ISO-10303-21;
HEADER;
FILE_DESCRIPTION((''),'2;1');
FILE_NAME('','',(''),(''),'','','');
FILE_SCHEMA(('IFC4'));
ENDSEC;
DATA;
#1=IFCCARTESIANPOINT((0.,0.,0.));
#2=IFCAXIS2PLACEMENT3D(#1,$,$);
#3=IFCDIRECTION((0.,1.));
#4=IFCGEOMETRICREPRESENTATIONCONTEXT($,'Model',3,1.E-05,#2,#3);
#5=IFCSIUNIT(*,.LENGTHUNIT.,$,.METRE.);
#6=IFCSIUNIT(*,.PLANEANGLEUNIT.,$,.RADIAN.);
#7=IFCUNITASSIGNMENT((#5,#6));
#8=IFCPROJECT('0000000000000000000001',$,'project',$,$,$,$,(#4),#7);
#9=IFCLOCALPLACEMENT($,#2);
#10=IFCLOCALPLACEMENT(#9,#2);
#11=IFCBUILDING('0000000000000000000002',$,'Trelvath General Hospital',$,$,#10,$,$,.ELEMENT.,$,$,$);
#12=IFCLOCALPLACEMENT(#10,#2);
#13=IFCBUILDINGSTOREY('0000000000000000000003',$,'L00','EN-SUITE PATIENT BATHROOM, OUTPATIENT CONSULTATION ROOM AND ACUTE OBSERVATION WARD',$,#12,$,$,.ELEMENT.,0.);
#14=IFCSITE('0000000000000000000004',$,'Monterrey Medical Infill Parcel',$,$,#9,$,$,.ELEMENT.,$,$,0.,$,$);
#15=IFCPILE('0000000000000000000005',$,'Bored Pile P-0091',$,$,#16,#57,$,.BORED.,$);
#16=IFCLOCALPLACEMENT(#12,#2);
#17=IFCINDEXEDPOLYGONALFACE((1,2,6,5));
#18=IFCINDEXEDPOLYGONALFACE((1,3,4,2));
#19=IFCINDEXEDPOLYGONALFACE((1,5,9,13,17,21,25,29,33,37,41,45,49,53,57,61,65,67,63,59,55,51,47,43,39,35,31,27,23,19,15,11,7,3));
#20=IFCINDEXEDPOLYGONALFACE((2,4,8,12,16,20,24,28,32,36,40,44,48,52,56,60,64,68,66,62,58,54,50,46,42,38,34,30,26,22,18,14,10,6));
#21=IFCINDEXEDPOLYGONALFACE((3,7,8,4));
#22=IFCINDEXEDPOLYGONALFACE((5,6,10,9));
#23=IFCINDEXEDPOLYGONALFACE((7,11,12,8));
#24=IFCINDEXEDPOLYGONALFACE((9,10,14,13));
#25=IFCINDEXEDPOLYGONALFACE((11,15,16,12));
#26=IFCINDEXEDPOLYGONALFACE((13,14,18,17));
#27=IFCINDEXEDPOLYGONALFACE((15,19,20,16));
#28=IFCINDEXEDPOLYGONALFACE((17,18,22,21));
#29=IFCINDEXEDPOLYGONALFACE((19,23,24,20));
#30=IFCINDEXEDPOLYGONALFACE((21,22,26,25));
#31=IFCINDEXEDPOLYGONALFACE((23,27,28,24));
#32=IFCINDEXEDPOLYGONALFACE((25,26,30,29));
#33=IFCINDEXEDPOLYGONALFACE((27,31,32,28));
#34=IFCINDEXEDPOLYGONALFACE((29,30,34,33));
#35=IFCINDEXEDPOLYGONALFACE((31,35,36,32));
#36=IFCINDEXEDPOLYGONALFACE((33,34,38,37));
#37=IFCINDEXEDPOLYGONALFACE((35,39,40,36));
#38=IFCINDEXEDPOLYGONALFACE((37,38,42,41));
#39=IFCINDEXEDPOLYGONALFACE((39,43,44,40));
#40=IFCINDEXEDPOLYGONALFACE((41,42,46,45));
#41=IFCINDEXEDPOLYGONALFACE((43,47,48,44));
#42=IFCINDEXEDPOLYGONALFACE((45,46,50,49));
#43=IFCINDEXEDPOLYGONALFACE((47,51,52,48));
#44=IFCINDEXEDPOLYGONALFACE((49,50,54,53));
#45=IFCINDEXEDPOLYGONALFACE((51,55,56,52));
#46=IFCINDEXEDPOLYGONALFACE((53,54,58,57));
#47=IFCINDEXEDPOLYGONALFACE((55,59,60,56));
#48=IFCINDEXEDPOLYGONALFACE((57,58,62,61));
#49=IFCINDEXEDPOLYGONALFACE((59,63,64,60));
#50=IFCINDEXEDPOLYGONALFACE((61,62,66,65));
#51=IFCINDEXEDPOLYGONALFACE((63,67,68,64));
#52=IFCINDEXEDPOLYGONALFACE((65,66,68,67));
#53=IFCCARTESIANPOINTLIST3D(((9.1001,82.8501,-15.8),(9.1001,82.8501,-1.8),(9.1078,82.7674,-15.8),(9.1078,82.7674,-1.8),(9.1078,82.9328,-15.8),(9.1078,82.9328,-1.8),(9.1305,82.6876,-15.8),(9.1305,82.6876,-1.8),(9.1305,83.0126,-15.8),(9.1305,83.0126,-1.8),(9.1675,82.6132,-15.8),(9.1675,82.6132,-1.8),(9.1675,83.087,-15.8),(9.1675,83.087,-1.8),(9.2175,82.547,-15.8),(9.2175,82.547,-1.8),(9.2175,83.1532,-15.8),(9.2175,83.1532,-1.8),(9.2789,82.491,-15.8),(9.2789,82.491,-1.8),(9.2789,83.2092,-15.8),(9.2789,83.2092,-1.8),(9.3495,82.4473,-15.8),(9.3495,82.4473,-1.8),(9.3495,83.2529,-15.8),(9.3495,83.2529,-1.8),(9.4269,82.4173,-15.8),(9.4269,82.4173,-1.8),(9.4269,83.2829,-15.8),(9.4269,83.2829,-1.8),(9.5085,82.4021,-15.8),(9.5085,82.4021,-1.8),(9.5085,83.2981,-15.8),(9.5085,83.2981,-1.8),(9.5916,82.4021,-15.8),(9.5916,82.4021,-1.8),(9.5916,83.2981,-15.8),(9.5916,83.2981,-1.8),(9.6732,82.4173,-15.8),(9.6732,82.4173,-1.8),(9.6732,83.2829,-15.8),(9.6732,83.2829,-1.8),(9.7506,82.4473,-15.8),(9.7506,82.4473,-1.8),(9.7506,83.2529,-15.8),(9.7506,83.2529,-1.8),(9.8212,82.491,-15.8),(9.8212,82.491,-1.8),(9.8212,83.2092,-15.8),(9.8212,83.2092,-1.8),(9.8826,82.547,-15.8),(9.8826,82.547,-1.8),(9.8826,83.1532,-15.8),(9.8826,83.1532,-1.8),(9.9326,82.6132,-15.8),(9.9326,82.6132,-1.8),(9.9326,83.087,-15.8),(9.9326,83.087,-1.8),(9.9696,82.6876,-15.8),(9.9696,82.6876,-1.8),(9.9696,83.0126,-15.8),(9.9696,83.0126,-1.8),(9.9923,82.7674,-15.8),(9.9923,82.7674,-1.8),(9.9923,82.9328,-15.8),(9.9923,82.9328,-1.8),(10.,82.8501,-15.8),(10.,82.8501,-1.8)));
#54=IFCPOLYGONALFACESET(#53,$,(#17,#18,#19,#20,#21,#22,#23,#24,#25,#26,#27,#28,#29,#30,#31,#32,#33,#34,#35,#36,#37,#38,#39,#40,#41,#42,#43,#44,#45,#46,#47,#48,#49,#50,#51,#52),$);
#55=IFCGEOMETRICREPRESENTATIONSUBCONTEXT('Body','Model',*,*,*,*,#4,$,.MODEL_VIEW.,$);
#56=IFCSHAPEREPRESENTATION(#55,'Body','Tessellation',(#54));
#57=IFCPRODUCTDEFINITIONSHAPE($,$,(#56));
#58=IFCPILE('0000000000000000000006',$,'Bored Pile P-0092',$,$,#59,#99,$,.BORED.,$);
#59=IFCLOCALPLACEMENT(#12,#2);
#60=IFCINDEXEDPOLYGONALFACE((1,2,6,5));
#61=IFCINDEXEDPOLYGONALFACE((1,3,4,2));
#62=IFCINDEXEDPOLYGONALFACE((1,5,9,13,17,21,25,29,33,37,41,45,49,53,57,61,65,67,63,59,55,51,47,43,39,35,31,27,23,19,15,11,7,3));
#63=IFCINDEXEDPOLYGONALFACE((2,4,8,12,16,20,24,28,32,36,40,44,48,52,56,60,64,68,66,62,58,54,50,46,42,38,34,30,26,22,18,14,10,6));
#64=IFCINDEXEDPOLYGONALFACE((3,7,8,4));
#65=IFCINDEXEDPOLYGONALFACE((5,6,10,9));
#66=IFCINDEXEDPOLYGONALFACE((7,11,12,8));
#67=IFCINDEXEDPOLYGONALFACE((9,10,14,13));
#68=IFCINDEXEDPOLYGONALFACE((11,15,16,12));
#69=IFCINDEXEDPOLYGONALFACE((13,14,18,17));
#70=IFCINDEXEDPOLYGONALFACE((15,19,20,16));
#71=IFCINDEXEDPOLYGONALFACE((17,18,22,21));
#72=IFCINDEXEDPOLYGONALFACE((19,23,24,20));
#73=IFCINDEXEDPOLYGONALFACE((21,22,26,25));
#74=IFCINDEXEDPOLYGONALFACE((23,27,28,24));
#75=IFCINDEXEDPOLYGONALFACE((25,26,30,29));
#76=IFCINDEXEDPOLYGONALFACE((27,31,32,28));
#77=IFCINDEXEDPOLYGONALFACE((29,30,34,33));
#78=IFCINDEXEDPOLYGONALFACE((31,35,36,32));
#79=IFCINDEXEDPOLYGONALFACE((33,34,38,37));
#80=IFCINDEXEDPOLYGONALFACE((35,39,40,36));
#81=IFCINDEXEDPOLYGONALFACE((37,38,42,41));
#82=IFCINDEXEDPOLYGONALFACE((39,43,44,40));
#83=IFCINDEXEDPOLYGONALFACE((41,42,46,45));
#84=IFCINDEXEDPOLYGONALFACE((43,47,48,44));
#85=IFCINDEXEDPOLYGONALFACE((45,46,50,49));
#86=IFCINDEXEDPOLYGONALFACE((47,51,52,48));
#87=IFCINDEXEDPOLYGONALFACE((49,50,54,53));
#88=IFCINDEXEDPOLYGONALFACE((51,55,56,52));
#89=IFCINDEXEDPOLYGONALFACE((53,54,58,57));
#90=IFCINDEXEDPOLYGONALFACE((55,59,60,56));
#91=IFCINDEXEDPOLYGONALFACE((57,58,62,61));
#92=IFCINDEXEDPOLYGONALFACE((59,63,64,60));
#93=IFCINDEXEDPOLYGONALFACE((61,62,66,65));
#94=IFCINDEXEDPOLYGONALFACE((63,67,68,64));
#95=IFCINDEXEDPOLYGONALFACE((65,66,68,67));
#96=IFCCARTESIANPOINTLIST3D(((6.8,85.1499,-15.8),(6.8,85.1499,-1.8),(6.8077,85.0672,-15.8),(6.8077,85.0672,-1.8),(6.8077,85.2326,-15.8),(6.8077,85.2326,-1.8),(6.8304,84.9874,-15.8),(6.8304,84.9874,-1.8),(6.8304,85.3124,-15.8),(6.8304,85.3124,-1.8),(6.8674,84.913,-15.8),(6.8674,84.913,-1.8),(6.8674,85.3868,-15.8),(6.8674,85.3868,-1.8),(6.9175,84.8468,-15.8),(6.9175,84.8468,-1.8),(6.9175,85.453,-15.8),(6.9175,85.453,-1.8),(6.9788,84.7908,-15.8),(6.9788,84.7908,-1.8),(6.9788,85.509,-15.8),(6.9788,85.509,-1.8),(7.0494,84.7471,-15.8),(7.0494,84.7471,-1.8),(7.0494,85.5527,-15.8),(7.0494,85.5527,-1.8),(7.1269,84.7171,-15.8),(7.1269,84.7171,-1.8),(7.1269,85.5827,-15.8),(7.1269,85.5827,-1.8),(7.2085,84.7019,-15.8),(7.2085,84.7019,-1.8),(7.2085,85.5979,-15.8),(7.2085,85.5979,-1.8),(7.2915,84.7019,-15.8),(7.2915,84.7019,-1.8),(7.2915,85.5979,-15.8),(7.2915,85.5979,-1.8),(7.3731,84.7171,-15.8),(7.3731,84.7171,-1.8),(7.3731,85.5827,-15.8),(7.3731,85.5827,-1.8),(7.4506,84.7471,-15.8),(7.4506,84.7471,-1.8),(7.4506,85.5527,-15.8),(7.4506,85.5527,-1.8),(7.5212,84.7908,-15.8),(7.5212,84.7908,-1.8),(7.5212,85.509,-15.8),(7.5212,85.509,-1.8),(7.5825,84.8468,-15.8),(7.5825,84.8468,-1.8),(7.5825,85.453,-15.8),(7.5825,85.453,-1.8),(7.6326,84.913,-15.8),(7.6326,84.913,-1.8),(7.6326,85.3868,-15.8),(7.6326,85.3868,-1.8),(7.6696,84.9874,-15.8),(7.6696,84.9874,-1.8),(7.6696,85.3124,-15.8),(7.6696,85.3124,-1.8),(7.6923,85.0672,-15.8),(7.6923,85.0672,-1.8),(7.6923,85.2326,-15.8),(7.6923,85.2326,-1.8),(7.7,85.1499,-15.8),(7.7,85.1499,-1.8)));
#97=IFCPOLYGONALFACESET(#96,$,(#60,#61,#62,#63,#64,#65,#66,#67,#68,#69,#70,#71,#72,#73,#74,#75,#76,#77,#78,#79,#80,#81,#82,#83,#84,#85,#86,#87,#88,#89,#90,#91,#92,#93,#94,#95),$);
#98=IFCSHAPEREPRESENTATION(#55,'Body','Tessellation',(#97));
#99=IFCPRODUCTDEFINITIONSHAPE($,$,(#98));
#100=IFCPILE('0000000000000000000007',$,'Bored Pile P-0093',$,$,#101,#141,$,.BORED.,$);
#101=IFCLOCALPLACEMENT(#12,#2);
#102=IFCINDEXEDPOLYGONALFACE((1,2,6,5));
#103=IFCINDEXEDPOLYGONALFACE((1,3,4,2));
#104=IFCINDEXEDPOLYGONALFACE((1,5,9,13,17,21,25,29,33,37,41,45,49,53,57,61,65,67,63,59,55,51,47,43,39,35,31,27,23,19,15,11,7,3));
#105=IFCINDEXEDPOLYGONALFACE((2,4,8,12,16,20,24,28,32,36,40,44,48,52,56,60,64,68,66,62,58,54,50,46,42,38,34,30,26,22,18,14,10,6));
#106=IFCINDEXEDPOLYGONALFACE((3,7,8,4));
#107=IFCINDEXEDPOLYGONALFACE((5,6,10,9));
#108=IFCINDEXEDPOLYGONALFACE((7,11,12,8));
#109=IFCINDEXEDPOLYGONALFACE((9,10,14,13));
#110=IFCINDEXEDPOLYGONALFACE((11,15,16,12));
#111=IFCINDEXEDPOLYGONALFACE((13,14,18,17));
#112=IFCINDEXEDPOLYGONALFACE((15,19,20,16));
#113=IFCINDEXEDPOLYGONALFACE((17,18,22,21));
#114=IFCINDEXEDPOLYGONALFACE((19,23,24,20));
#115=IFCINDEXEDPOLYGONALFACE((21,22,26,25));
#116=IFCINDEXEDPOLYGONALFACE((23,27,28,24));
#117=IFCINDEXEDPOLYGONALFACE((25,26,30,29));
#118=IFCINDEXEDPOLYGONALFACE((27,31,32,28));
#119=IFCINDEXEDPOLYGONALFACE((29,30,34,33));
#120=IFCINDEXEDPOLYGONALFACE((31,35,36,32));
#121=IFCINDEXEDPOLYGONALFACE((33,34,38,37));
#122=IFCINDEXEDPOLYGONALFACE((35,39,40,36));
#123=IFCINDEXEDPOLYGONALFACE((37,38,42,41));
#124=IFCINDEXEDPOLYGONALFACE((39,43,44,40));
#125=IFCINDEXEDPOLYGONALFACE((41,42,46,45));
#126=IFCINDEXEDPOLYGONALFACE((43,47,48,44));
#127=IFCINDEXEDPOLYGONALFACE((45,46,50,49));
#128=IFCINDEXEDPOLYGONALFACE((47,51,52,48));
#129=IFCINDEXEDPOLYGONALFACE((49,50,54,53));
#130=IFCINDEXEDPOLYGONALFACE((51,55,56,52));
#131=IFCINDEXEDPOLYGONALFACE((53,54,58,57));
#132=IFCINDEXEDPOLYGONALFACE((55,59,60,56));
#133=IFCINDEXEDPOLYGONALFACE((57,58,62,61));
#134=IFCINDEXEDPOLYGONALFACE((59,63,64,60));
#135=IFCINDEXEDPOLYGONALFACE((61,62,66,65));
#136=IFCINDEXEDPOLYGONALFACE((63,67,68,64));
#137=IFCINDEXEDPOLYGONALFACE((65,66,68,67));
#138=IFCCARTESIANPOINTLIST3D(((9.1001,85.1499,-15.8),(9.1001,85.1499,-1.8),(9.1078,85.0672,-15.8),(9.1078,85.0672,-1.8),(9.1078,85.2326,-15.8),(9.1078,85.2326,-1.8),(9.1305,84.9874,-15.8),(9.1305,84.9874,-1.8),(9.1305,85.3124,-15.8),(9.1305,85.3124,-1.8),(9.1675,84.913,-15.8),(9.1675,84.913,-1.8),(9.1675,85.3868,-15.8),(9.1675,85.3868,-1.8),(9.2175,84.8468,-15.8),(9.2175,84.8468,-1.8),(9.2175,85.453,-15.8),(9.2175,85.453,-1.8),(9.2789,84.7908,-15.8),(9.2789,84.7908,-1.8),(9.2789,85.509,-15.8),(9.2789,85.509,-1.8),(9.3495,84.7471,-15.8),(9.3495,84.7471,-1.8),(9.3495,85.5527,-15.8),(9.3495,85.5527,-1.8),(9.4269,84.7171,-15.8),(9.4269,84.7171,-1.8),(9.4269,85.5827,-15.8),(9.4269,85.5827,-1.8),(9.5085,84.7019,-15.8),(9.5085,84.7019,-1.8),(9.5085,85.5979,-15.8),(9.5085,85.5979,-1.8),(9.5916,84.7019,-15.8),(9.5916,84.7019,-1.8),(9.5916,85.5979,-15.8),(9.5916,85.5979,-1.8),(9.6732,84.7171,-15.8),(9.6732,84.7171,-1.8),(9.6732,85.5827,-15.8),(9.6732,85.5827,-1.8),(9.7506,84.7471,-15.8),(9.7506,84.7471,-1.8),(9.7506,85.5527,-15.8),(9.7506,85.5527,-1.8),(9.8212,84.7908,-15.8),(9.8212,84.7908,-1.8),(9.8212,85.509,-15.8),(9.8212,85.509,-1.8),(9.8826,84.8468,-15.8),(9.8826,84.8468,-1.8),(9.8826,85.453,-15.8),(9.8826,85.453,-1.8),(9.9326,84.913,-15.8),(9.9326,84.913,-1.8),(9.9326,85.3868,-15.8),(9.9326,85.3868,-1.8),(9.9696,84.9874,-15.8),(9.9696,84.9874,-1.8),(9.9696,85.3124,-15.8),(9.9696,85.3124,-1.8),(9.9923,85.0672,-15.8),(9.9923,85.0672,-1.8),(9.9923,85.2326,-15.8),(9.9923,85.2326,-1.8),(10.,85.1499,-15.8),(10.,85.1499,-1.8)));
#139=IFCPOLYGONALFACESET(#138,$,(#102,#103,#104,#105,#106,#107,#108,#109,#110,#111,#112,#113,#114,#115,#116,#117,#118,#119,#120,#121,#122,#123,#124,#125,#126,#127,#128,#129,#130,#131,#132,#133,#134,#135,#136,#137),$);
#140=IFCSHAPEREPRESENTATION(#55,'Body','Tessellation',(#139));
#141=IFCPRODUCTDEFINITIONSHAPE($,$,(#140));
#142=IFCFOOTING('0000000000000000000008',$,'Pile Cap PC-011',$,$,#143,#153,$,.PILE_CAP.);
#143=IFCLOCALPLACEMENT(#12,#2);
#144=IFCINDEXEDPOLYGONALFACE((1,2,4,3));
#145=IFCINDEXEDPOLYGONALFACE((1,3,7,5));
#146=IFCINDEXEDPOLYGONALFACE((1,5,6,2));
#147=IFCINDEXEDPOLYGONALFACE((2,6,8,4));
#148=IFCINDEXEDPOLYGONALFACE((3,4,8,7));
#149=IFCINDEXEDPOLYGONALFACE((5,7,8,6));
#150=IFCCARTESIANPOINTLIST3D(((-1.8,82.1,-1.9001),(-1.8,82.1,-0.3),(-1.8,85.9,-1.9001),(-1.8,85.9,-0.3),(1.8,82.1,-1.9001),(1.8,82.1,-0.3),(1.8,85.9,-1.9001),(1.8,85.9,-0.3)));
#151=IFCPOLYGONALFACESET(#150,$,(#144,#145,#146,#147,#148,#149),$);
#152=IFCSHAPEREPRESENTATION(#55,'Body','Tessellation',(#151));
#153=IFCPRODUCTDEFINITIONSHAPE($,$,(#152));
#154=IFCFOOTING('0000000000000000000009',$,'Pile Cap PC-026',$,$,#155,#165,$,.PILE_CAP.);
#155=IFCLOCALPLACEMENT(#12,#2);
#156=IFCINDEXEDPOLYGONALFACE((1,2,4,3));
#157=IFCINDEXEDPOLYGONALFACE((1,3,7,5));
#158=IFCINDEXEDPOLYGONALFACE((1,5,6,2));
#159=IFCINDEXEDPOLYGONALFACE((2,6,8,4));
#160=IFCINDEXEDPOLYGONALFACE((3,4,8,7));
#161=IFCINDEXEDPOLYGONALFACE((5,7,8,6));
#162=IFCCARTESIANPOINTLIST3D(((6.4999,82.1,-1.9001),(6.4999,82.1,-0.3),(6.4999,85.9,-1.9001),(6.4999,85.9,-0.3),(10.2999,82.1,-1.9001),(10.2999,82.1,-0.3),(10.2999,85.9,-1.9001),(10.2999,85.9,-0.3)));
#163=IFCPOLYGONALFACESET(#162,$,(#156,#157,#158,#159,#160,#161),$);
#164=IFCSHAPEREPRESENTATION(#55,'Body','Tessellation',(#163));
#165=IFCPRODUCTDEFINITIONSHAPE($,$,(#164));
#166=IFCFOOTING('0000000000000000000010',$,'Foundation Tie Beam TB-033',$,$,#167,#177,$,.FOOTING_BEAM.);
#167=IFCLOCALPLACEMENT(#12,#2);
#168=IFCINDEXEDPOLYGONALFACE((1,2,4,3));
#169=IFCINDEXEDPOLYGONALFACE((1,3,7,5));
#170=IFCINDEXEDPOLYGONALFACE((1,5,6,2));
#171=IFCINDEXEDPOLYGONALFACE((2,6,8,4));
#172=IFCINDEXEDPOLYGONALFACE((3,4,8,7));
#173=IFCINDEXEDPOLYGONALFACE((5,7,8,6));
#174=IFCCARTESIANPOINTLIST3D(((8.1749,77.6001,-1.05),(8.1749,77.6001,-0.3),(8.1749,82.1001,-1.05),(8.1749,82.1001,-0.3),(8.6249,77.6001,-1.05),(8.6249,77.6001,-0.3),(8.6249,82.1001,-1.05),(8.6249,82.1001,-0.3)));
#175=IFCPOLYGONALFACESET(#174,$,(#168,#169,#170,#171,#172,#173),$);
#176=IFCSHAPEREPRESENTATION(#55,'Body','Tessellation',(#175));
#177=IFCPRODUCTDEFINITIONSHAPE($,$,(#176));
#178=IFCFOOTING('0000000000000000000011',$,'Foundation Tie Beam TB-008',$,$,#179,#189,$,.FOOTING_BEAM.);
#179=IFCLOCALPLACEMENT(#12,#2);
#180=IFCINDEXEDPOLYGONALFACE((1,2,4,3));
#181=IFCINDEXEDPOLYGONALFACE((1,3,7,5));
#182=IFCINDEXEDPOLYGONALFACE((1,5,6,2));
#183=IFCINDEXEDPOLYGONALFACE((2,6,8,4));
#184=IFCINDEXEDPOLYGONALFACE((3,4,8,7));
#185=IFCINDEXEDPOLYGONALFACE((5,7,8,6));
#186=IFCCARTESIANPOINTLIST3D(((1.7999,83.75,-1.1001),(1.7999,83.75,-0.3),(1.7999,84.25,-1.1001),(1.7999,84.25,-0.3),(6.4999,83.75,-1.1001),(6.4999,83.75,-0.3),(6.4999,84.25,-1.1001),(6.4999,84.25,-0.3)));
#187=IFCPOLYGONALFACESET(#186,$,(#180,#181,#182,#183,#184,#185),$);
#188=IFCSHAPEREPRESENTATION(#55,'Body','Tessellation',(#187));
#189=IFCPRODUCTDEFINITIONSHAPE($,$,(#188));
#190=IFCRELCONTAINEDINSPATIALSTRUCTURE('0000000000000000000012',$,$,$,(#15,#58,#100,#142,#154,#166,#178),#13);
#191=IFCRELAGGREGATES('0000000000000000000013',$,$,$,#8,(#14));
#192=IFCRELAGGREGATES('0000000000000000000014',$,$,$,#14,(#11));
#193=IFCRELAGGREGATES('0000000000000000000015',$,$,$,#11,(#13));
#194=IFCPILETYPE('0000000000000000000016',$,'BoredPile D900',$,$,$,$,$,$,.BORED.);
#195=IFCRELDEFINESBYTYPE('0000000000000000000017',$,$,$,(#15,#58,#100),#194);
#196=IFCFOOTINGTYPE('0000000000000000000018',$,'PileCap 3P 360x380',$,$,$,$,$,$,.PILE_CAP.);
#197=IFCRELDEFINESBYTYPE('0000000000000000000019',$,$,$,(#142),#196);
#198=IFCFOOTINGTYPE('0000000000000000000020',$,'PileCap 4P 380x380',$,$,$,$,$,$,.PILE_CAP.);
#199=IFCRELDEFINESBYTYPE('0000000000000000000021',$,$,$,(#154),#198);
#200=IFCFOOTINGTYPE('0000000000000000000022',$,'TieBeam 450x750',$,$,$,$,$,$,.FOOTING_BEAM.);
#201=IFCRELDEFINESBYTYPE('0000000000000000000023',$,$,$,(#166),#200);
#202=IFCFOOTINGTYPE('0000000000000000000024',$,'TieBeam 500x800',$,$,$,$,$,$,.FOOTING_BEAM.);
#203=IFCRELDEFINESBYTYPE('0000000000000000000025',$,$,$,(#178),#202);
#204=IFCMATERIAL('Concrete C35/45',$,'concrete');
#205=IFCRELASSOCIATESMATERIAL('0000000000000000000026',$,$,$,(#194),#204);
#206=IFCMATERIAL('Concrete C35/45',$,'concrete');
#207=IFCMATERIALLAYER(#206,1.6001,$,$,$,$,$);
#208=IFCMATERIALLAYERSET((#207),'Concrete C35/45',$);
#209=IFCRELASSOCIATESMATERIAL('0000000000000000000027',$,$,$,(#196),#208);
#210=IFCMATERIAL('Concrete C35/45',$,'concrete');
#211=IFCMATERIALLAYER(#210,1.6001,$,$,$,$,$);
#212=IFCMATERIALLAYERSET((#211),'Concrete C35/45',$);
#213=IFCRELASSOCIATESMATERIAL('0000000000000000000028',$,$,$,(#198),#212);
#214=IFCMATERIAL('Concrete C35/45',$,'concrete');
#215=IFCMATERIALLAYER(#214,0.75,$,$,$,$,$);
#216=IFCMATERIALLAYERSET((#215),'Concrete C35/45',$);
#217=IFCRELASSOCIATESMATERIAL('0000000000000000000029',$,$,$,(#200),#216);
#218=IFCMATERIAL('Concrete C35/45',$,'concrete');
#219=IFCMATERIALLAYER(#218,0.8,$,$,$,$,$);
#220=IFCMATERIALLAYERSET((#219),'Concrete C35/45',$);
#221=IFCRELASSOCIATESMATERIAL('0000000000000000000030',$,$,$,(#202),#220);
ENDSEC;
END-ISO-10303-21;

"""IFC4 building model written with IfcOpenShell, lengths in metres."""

from ifc_helpers import new_model, si_unit, direction, frame, origin, origin_2d, place, context, subcontext, project, spatial, rectangle, circle, extrude, material, layer, layer_set, material_profile, profile_set, type_object, element, save


model = new_model("IFC4")

# Units and contexts
model_context = context("Model", 3, precision=1e-05, world=origin(), true_north=direction((0.0, 1.0)))
body_context = subcontext(model_context, "Body", "Model", "MODEL_VIEW")
ifc_project = project(units=[si_unit("LENGTHUNIT", "METRE"), si_unit("PLANEANGLEUNIT", "RADIAN")], contexts=[model_context])

# Site, building, storey
site_placement = place(None, origin())
site = spatial("IfcSite", under=ifc_project, at=site_placement, Name="Monterrey Medical Infill Parcel", CompositionType="ELEMENT", RefElevation=0.0)
building_placement = place(site_placement, origin())
building = spatial("IfcBuilding", under=site, at=building_placement, Name="Trelvath General Hospital", CompositionType="ELEMENT")
storey_placement = place(building_placement, origin())
storey = spatial("IfcBuildingStorey", under=building, at=storey_placement, Name="L00", Description="EN-SUITE PATIENT BATHROOM, OUTPATIENT CONSULTATION ROOM AND ACUTE OBSERVATION WARD", CompositionType="ELEMENT", Elevation=0.0)

# Piles
ifc_material_1 = material(Name="Concrete C35/45", Category="concrete")
ifc_material_profile_1 = material_profile(ifc_material_1, circle(Radius=0.45, at=origin_2d()), Name="PILE900")
ifc_profile_set_1 = profile_set([ifc_material_profile_1], Name="Concrete C35/45")
pile_type = type_object("IfcPileType", Name="BoredPile D900", PredefinedType="BORED", material=ifc_profile_set_1)
for number, where, z_axis, x_axis, name in (
    (1, (9.55, 82.8501, -1.8), (0.0, 0.0, -1.0), (1.0, 0.0, 0.0), "Bored Pile P-0091"),
    (2, (7.25, 85.1499, -1.8), (0.0, 0.0, -1.0), (1.0, 0.0, 0.0), "Bored Pile P-0092"),
    (3, (9.55, 85.1499, -1.8), (0.0, 0.0, -1.0), (1.0, 0.0, 0.0), "Bored Pile P-0093"),
):
    element("IfcPile", number, at=place(storey_placement, frame(where, z_axis=z_axis, x_axis=x_axis)), inside=storey, type_object=pile_type, Name=name, PredefinedType="BORED", context=body_context, shape_type="SweptSolid", body=[
        extrude(circle(Radius=0.45, at=origin_2d()), origin(), (0.0, 0.0, 1.0), 14.0),
    ])

# Footings
ifc_material_2 = material(Name="Concrete C35/45", Category="concrete")
ifc_layer_1 = layer(ifc_material_2, 1.6001)
ifc_layer_set_1 = layer_set([ifc_layer_1], Name="Concrete C35/45")
footing_type_1 = type_object("IfcFootingType", Name="PileCap 3P 360x380", PredefinedType="PILE_CAP", material=ifc_layer_set_1)
footing_1_placement = place(storey_placement, frame((0.0, 84.0, -1.9001), z_axis=(0.0, 0.0, 1.0), x_axis=(1.0, 0.0, 0.0)))
element("IfcFooting", 4, at=footing_1_placement, inside=storey, type_object=footing_type_1, Name="Pile Cap PC-011", PredefinedType="PILE_CAP", context=body_context, shape_type="SweptSolid", body=[
    extrude(rectangle(XDim=3.6001, YDim=3.8, at=origin_2d()), origin(), (0.0, 0.0, 1.0), 1.6001),
])
ifc_material_3 = material(Name="Concrete C35/45", Category="concrete")
ifc_layer_2 = layer(ifc_material_3, 1.6001)
ifc_layer_set_2 = layer_set([ifc_layer_2], Name="Concrete C35/45")
footing_type_2 = type_object("IfcFootingType", Name="PileCap 4P 380x380", PredefinedType="PILE_CAP", material=ifc_layer_set_2)
footing_2_placement = place(storey_placement, frame((8.3999, 84.0, -1.9001), z_axis=(0.0, 0.0, 1.0), x_axis=(1.0, 0.0, 0.0)))
element("IfcFooting", 5, at=footing_2_placement, inside=storey, type_object=footing_type_2, Name="Pile Cap PC-026", PredefinedType="PILE_CAP", context=body_context, shape_type="SweptSolid", body=[
    extrude(rectangle(XDim=3.8, YDim=3.8, at=origin_2d()), origin(), (0.0, 0.0, 1.0), 1.6001),
])
ifc_material_4 = material(Name="Concrete C35/45", Category="concrete")
ifc_layer_3 = layer(ifc_material_4, 0.75)
ifc_layer_set_3 = layer_set([ifc_layer_3], Name="Concrete C35/45")
footing_type_3 = type_object("IfcFootingType", Name="TieBeam 450x750", PredefinedType="FOOTING_BEAM", material=ifc_layer_set_3)
footing_3_placement = place(storey_placement, frame((8.3999, 79.8501, -1.05), z_axis=(0.0, 0.0, 1.0), x_axis=(1.0, 0.0, 0.0)))
element("IfcFooting", 6, at=footing_3_placement, inside=storey, type_object=footing_type_3, Name="Foundation Tie Beam TB-033", PredefinedType="FOOTING_BEAM", context=body_context, shape_type="SweptSolid", body=[
    extrude(rectangle(XDim=0.45, YDim=4.5, at=origin_2d()), origin(), (0.0, 0.0, 1.0), 0.75),
])
ifc_material_5 = material(Name="Concrete C35/45", Category="concrete")
ifc_layer_4 = layer(ifc_material_5, 0.8)
ifc_layer_set_4 = layer_set([ifc_layer_4], Name="Concrete C35/45")
footing_type_4 = type_object("IfcFootingType", Name="TieBeam 500x800", PredefinedType="FOOTING_BEAM", material=ifc_layer_set_4)
footing_4_placement = place(storey_placement, frame((4.1499, 84.0, -1.1001), z_axis=(0.0, 0.0, 1.0), x_axis=(1.0, 0.0, 0.0)))
element("IfcFooting", 7, at=footing_4_placement, inside=storey, type_object=footing_type_4, Name="Foundation Tie Beam TB-008", PredefinedType="FOOTING_BEAM", context=body_context, shape_type="SweptSolid", body=[
    extrude(rectangle(XDim=4.7, YDim=0.5, at=origin_2d()), origin(), (0.0, 0.0, 1.0), 0.8),
])

save(model, "model.ifc")
